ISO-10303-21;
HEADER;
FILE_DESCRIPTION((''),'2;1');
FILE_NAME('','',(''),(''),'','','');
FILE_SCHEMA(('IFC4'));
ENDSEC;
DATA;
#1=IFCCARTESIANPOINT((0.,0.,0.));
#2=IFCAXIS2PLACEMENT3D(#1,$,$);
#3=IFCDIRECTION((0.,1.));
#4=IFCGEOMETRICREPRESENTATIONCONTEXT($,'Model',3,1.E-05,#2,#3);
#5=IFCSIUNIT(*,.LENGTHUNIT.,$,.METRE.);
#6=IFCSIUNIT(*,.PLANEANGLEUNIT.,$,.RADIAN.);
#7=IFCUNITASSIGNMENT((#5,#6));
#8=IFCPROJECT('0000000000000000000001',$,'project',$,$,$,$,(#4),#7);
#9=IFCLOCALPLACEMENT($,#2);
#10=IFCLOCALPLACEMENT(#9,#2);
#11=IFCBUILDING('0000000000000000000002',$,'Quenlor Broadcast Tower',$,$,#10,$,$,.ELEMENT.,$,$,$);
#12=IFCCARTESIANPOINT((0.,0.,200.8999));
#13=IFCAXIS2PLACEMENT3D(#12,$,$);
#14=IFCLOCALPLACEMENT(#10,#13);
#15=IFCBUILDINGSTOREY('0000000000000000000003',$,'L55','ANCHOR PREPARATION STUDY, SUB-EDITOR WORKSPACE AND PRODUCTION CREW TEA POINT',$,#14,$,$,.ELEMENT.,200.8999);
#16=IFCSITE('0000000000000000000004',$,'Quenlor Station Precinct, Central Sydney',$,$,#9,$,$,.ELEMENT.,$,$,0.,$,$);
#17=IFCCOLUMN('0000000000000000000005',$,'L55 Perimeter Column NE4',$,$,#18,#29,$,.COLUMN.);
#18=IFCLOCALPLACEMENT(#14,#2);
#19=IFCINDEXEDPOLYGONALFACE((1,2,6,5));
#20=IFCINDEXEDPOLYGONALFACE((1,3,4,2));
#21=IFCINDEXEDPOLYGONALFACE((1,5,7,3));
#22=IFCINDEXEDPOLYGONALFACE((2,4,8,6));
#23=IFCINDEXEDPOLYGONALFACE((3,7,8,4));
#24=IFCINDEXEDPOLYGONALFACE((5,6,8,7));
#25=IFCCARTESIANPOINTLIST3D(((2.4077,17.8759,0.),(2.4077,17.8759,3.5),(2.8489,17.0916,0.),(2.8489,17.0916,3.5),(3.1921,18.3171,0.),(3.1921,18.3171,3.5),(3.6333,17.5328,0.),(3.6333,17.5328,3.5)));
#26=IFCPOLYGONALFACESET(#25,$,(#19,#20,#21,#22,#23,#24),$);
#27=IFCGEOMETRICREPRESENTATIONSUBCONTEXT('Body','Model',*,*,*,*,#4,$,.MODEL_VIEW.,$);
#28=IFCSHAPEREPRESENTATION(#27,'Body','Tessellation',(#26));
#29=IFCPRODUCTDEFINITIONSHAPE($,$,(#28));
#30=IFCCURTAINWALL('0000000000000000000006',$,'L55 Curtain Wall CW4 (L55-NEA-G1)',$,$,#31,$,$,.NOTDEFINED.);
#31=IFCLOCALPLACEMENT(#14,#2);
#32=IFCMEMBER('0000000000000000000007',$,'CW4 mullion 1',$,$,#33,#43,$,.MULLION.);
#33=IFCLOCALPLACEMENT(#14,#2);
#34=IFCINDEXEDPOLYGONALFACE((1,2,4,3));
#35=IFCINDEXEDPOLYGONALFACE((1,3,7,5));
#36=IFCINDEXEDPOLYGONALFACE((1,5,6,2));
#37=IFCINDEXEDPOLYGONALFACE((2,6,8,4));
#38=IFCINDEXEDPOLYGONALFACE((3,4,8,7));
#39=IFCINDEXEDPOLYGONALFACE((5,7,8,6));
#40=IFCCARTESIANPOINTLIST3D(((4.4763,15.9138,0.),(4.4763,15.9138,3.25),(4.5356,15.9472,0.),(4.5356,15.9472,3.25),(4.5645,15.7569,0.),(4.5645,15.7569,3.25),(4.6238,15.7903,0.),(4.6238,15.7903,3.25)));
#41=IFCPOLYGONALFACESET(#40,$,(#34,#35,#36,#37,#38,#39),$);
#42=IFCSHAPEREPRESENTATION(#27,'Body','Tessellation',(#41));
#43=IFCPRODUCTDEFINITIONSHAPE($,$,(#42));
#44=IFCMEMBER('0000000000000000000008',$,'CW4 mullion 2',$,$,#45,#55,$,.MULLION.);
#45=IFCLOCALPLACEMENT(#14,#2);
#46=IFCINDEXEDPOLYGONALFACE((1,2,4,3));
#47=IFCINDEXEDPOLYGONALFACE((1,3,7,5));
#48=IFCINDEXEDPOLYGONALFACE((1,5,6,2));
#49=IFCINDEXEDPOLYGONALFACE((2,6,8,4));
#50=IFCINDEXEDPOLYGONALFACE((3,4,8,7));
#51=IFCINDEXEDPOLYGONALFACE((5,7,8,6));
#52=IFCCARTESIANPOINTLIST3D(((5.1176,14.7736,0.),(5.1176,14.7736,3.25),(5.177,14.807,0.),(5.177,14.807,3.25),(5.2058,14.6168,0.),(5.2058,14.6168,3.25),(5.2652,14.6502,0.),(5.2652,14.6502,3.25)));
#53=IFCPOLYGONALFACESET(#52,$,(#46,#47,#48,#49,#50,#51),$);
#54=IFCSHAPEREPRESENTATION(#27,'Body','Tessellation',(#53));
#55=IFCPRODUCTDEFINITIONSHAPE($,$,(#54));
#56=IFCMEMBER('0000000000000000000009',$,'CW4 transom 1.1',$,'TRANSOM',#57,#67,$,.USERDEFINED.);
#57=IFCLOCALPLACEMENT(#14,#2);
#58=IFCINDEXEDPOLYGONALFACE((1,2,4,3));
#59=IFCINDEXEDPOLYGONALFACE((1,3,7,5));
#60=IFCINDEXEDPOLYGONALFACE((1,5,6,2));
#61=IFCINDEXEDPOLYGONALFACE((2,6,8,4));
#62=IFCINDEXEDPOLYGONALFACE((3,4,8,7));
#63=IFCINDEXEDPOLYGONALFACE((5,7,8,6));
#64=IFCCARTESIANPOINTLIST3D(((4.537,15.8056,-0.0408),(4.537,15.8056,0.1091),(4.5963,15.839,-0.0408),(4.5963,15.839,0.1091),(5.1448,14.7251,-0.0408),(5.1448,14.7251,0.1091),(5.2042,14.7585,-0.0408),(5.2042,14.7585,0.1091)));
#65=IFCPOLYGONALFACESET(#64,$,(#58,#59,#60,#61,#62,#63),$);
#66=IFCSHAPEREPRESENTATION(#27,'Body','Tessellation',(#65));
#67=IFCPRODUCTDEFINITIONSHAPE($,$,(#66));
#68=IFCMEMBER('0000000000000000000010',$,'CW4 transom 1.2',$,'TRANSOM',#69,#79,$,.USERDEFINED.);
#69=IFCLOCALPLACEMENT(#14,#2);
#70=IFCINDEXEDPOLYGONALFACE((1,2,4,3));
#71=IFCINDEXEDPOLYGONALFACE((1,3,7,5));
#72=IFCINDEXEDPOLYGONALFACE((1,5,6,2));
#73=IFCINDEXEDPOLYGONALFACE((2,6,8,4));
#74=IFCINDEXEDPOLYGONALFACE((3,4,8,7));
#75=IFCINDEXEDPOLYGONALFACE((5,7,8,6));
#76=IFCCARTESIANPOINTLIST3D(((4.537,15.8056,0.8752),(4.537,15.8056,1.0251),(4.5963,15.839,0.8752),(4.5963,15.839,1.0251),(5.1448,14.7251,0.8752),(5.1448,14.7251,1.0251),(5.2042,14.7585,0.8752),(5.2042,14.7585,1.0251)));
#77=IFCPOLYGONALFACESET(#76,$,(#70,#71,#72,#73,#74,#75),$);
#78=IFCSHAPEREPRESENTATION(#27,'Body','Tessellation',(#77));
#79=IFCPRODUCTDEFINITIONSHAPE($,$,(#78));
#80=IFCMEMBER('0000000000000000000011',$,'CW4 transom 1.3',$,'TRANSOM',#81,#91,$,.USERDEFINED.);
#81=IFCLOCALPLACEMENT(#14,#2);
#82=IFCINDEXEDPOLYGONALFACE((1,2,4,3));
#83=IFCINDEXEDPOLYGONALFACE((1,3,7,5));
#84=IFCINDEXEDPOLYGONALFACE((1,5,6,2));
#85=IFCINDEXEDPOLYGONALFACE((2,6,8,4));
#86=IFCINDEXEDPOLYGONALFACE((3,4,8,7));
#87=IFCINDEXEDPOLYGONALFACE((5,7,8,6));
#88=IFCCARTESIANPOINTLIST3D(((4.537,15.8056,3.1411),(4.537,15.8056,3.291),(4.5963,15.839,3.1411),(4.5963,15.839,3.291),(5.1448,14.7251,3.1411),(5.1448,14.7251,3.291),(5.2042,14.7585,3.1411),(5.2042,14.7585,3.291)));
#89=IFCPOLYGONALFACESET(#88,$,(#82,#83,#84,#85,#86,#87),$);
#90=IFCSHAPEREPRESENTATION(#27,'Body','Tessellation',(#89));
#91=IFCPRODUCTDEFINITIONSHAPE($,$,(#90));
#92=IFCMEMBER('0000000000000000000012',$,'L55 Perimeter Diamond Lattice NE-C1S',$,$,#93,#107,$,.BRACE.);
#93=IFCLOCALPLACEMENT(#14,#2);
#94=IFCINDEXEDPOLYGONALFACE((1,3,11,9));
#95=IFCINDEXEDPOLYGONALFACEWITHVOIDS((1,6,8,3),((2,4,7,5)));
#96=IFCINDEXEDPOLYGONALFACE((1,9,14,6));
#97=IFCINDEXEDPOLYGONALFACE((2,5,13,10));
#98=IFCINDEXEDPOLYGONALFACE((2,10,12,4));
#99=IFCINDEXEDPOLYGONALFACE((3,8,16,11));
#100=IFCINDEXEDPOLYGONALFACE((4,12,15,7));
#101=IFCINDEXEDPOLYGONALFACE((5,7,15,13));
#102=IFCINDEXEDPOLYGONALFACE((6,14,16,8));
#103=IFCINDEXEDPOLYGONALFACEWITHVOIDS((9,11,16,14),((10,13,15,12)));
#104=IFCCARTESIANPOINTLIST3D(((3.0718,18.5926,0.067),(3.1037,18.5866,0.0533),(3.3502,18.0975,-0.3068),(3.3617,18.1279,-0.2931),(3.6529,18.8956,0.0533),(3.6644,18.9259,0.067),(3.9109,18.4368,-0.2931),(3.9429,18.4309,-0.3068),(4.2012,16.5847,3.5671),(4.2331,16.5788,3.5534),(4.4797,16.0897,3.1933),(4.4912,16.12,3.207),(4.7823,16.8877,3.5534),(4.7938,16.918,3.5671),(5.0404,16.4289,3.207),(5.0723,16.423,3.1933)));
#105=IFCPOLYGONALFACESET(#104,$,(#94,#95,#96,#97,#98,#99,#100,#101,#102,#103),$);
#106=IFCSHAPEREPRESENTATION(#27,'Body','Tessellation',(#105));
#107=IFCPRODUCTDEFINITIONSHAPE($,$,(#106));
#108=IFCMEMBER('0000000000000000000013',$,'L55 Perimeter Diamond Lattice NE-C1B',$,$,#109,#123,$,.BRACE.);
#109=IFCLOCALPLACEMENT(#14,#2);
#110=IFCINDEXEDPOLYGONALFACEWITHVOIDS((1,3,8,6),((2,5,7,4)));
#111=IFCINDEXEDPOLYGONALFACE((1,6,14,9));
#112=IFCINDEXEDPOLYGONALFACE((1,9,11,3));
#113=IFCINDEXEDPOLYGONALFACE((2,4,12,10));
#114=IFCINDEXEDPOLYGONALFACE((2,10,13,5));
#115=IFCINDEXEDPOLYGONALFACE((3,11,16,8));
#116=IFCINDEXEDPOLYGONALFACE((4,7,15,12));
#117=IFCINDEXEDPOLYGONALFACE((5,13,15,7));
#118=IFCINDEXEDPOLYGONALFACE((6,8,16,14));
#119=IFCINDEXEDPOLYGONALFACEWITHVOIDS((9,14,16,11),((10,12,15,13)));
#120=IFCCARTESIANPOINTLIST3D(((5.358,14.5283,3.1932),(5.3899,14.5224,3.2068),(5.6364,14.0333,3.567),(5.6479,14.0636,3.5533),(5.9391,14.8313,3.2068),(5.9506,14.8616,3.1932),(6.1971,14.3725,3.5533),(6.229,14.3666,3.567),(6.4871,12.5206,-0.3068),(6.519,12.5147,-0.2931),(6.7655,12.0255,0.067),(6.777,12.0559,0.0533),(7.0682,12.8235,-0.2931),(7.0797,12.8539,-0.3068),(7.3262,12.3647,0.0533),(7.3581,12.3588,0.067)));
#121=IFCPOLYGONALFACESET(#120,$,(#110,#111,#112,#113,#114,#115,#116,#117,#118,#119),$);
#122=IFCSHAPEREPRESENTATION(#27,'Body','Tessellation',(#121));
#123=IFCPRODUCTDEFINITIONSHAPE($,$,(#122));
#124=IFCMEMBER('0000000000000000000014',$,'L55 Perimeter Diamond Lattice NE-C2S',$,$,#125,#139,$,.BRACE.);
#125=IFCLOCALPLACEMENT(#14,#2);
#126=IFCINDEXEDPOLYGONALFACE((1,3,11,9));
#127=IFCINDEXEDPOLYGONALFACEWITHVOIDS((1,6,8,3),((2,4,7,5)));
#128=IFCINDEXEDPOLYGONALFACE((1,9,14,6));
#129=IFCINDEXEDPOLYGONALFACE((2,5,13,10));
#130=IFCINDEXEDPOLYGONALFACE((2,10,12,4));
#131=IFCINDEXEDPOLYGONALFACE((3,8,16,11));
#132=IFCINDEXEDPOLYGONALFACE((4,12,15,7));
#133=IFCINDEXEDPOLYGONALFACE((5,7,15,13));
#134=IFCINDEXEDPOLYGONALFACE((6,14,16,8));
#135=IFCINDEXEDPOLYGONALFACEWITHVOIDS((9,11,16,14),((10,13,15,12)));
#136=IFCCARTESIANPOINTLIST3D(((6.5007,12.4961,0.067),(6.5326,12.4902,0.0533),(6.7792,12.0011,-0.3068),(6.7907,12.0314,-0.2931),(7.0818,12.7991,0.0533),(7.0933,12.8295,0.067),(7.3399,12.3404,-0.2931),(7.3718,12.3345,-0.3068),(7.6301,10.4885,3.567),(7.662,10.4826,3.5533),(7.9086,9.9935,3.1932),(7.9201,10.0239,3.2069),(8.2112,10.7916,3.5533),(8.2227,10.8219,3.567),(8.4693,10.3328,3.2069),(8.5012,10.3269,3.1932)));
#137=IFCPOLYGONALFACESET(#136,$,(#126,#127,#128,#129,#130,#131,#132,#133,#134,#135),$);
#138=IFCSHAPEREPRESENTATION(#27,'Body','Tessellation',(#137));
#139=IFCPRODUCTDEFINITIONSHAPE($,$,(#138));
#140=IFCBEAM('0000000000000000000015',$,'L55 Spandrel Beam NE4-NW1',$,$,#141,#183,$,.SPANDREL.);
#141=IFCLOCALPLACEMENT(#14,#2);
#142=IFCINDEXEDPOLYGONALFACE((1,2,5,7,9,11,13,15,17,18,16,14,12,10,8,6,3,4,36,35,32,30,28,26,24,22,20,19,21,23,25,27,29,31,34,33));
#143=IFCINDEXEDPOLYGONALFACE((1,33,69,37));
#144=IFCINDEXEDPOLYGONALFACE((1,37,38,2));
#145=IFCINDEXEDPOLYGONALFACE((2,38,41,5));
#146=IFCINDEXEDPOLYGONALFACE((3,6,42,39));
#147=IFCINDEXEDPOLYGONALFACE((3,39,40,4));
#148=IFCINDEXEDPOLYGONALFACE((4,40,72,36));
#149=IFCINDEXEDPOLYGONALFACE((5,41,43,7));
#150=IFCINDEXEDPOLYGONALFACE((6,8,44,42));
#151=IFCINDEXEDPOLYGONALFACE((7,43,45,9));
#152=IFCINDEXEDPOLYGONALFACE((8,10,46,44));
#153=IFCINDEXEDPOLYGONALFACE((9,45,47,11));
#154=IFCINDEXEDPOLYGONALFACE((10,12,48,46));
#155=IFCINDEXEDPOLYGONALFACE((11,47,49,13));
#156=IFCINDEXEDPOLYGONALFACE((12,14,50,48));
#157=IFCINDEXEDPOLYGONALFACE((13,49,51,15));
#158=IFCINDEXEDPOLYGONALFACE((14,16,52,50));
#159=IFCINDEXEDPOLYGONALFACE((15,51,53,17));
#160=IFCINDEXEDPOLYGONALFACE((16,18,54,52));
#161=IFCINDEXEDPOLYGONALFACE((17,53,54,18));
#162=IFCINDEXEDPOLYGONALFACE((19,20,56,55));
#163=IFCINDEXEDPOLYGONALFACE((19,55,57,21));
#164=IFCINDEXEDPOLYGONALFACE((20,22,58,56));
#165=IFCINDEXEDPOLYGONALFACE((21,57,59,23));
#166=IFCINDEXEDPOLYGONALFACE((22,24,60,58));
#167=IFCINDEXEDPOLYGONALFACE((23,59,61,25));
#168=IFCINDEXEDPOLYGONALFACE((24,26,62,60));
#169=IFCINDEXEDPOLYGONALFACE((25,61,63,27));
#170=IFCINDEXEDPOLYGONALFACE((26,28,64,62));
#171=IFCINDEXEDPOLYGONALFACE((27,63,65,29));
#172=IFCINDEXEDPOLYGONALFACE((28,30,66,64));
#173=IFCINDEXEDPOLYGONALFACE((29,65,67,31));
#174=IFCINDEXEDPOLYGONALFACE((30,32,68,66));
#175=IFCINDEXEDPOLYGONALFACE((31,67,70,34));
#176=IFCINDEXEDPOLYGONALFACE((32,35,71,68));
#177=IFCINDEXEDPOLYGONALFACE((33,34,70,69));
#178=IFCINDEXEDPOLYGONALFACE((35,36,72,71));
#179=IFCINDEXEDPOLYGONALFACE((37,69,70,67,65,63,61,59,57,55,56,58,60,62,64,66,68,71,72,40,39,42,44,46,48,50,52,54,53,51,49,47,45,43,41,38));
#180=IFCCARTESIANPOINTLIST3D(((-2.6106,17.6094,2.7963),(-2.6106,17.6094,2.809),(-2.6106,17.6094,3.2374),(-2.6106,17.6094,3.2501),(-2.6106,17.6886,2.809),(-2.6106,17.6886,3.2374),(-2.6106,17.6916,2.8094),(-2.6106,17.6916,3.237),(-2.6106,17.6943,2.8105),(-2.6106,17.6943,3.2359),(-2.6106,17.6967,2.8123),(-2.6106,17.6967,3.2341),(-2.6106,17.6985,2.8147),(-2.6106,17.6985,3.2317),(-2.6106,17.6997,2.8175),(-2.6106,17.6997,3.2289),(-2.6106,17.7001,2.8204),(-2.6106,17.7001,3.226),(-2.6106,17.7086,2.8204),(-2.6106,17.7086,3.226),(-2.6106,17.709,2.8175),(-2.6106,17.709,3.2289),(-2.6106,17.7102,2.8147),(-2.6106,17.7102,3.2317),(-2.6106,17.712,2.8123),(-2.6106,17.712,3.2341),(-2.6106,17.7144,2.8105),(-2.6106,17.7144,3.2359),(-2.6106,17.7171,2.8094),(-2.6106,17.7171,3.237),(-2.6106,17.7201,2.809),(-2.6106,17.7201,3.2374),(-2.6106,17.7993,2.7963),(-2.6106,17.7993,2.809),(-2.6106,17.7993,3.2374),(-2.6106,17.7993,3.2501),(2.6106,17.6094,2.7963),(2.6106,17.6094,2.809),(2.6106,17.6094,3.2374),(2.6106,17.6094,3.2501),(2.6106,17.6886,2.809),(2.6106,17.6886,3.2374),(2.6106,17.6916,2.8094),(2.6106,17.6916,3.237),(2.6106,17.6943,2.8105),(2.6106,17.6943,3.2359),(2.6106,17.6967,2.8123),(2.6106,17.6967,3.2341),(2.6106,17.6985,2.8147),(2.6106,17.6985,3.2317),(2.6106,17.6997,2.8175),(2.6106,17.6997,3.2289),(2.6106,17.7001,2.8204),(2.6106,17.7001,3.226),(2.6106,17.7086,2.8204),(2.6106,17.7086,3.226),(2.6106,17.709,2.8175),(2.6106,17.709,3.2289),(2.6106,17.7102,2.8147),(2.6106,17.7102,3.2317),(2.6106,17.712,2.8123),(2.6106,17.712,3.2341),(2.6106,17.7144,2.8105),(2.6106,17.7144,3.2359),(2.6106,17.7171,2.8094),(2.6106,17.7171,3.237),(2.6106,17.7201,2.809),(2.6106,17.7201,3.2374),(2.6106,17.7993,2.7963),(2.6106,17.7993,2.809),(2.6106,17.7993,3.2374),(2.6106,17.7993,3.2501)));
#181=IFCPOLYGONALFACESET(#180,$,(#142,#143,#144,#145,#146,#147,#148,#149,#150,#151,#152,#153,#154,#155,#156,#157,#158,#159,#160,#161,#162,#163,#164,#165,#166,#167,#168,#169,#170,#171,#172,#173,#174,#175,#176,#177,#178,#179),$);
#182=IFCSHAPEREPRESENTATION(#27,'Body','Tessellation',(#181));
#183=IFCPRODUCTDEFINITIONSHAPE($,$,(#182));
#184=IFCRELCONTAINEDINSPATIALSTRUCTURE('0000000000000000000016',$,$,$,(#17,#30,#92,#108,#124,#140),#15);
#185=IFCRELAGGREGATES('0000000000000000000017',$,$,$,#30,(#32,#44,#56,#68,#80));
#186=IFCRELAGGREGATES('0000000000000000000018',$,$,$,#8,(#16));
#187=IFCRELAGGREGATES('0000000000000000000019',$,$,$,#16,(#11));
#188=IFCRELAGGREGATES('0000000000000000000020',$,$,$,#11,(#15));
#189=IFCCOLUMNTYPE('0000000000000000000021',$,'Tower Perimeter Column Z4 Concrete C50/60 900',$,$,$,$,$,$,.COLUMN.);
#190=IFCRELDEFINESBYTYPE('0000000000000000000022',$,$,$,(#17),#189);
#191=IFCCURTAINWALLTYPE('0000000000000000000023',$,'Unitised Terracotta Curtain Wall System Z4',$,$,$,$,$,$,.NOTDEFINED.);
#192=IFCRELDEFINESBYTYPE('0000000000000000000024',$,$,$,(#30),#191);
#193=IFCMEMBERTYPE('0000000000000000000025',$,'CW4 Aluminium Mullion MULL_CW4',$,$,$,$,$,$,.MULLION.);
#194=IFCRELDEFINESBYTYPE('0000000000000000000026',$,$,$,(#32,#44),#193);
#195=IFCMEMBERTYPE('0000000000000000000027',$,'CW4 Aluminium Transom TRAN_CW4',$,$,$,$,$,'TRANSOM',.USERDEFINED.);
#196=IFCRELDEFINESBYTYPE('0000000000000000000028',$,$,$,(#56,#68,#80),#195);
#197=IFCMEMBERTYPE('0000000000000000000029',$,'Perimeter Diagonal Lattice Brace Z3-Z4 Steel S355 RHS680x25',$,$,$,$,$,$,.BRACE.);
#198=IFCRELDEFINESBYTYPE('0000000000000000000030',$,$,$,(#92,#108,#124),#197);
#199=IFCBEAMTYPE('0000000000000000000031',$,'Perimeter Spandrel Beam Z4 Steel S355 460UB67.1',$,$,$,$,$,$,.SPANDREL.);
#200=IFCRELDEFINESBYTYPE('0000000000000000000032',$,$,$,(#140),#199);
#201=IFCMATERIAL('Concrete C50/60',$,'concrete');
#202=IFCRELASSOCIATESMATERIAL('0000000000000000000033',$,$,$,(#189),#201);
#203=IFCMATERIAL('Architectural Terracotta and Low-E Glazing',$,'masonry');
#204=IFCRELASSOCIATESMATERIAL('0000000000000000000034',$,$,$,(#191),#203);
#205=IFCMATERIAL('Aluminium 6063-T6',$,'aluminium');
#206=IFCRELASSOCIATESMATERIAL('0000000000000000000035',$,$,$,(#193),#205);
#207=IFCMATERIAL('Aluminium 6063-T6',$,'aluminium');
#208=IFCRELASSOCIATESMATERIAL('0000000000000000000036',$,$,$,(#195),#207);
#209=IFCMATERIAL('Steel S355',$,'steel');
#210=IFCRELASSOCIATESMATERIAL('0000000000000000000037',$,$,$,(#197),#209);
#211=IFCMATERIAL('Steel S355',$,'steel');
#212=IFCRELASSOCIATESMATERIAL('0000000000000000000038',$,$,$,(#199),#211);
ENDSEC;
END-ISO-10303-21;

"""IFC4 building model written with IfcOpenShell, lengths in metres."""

from ifc_helpers import new_model, si_unit, direction, frame, origin, origin_2d, place, context, subcontext, project, spatial, rectangle, hollow_rectangle, i_section, extrude, material, material_profile, profile_set, type_object, element, aggregate, save


model = new_model("IFC4")

# Units and contexts
model_context = context("Model", 3, precision=1e-05, world=origin(), true_north=direction((0.0, 1.0)))
body_context = subcontext(model_context, "Body", "Model", "MODEL_VIEW")
ifc_project = project(units=[si_unit("LENGTHUNIT", "METRE"), si_unit("PLANEANGLEUNIT", "RADIAN")], contexts=[model_context])

# Site, building, storey
site_placement = place(None, origin())
site = spatial("IfcSite", under=ifc_project, at=site_placement, Name="Quenlor Station Precinct, Central Sydney", CompositionType="ELEMENT", RefElevation=0.0)
building_placement = place(site_placement, origin())
building = spatial("IfcBuilding", under=site, at=building_placement, Name="Quenlor Broadcast Tower", CompositionType="ELEMENT")
storey_placement = place(building_placement, frame((0.0, 0.0, 200.8999)))
storey = spatial("IfcBuildingStorey", under=building, at=storey_placement, Name="L55", Description="ANCHOR PREPARATION STUDY, SUB-EDITOR WORKSPACE AND PRODUCTION CREW TEA POINT", CompositionType="ELEMENT", Elevation=200.8999)

# Column
ifc_material_1 = material(Name="Concrete C50/60", Category="concrete")
ifc_material_profile_1 = material_profile(ifc_material_1, rectangle(XDim=0.8999, YDim=0.8999, at=origin_2d()))
ifc_profile_set_1 = profile_set([ifc_material_profile_1], Name="Concrete C50/60 RC900x900")
column_type = type_object("IfcColumnType", Name="Tower Perimeter Column Z4 Concrete C50/60 900", PredefinedType="COLUMN", material=ifc_profile_set_1)
column_placement = place(storey_placement, frame((3.0205, 17.7043, 0.0), z_axis=(0.0, 0.0, 1.0), x_axis=(0.871575, 0.490262, 0.0)))
element("IfcColumn", 1, at=column_placement, inside=storey, type_object=column_type, Name="L55 Perimeter Column NE4", PredefinedType="COLUMN", context=body_context, shape_type="SweptSolid", body=[
    extrude(rectangle(XDim=0.8999, YDim=0.8999, at=origin_2d()), origin(), (0.0, 0.0, 1.0), 3.5),
])

# Curtain wall, members
ifc_material_2 = material(Name="Architectural Terracotta and Low-E Glazing", Category="masonry")
curtain_wall_type = type_object("IfcCurtainWallType", Name="Unitised Terracotta Curtain Wall System Z4", PredefinedType="NOTDEFINED", material=ifc_material_2)
curtain_wall_placement = place(storey_placement, origin())
curtain_wall = element("IfcCurtainWall", 2, at=curtain_wall_placement, inside=storey, type_object=curtain_wall_type, Name="L55 Curtain Wall CW4 (L55-NEA-G1)", PredefinedType="NOTDEFINED")
ifc_material_3 = material(Name="Aluminium 6063-T6", Category="aluminium")
ifc_material_profile_2 = material_profile(ifc_material_3, rectangle(XDim=0.0681, YDim=0.1799, at=origin_2d()))
ifc_profile_set_2 = profile_set([ifc_material_profile_2], Name="Aluminium 6063-T6 MULL68x180")
member_type_1 = type_object("IfcMemberType", Name="CW4 Aluminium Mullion MULL_CW4", PredefinedType="MULLION", material=ifc_profile_set_2)
member_1_placement = place(storey_placement, frame((4.55, 15.8521, 0.0), z_axis=(0.0, 0.0, 1.0), x_axis=(0.87156, 0.490289, 0.0)))
member_1 = element("IfcMember", 3, at=member_1_placement, type_object=member_type_1, Name="CW4 mullion 1", PredefinedType="MULLION", context=body_context, shape_type="SweptSolid", body=[
    extrude(rectangle(XDim=0.0681, YDim=0.1799, at=origin_2d()), origin(), (0.0, 0.0, 1.0), 3.25),
])
member_2_placement = place(storey_placement, frame((5.1914, 14.7119, 0.0), z_axis=(0.0, 0.0, 1.0), x_axis=(0.87156, 0.490289, 0.0)))
member_2 = element("IfcMember", 4, at=member_2_placement, type_object=member_type_1, Name="CW4 mullion 2", PredefinedType="MULLION", context=body_context, shape_type="SweptSolid", body=[
    extrude(rectangle(XDim=0.0681, YDim=0.1799, at=origin_2d()), origin(), (0.0, 0.0, 1.0), 3.25),
])
ifc_material_4 = material(Name="Aluminium 6063-T6", Category="aluminium")
ifc_material_profile_3 = material_profile(ifc_material_4, rectangle(XDim=0.0681, YDim=0.1499, at=origin_2d()))
ifc_profile_set_3 = profile_set([ifc_material_profile_3], Name="Aluminium 6063-T6 TRAN68x150")
member_type_2 = type_object("IfcMemberType", Name="CW4 Aluminium Transom TRAN_CW4", ElementType="TRANSOM", PredefinedType="USERDEFINED", material=ifc_profile_set_3)
member_3_placement = place(storey_placement, frame((4.5667, 15.8223, 0.0342), z_axis=(0.490317, -0.871544, 0.0), x_axis=(0.871544, 0.490317, 0.0)))
member_3 = element("IfcMember", 5, at=member_3_placement, type_object=member_type_2, Name="CW4 transom 1.1", ObjectType="TRANSOM", PredefinedType="USERDEFINED", context=body_context, shape_type="SweptSolid", body=[
    extrude(rectangle(XDim=0.0681, YDim=0.1499, at=origin_2d()), origin(), (0.0, 0.0, 1.0), 1.2397),
])
member_4_placement = place(storey_placement, frame((4.5667, 15.8223, 0.9502), z_axis=(0.490317, -0.871544, 0.0), x_axis=(0.871544, 0.490317, 0.0)))
member_4 = element("IfcMember", 6, at=member_4_placement, type_object=member_type_2, Name="CW4 transom 1.2", ObjectType="TRANSOM", PredefinedType="USERDEFINED", context=body_context, shape_type="SweptSolid", body=[
    extrude(rectangle(XDim=0.0681, YDim=0.1499, at=origin_2d()), origin(), (0.0, 0.0, 1.0), 1.2397),
])
member_5_placement = place(storey_placement, frame((4.5667, 15.8223, 3.2161), z_axis=(0.490317, -0.871544, 0.0), x_axis=(0.871544, 0.490317, 0.0)))
member_5 = element("IfcMember", 7, at=member_5_placement, type_object=member_type_2, Name="CW4 transom 1.3", ObjectType="TRANSOM", PredefinedType="USERDEFINED", context=body_context, shape_type="SweptSolid", body=[
    extrude(rectangle(XDim=0.0681, YDim=0.1499, at=origin_2d()), origin(), (0.0, 0.0, 1.0), 1.2397),
])

# Members
ifc_material_5 = material(Name="Steel S355", Category="steel")
ifc_material_profile_4 = material_profile(ifc_material_5, hollow_rectangle(XDim=0.6799, YDim=0.6799, WallThickness=0.0249, at=origin_2d()))
ifc_profile_set_4 = profile_set([ifc_material_profile_4], Name="Steel S355 RHS680x680x25")
member_type_3 = type_object("IfcMemberType", Name="Perimeter Diagonal Lattice Brace Z3-Z4 Steel S355 RHS680x25", PredefinedType="BRACE", material=ifc_profile_set_4)
member_6_placement = place(storey_placement, frame((3.5073, 18.5117, -0.1199), z_axis=(0.26954, -0.479181, 0.835305), x_axis=(0.871576, 0.490261, 0.0)))
element("IfcMember", 8, at=member_6_placement, inside=storey, type_object=member_type_3, Name="L55 Perimeter Diamond Lattice NE-C1S", PredefinedType="BRACE", context=body_context, shape_type="SweptSolid", body=[
    extrude(hollow_rectangle(XDim=0.6799, YDim=0.6799, WallThickness=0.0249, at=origin_2d()), origin(), (0.0, 0.0, 1.0), 4.1902),
])
for number, where, z_axis, x_axis, name in (
    (9, (6.9226, 12.4397, -0.1199), (-0.269485, 0.479189, 0.835318), (-0.871621, -0.490181, 0.0), "L55 Perimeter Diamond Lattice NE-C1B"),
    (10, (6.9363, 12.4153, -0.1199), (0.269547, -0.479136, 0.835328), (0.87155, 0.490307, 0.0), "L55 Perimeter Diamond Lattice NE-C2S"),
):
    element("IfcMember", number, at=place(storey_placement, frame(where, z_axis=z_axis, x_axis=x_axis)), inside=storey, type_object=member_type_3, Name=name, PredefinedType="BRACE", context=body_context, shape_type="SweptSolid", body=[
        extrude(hollow_rectangle(XDim=0.6799, YDim=0.6799, WallThickness=0.0249, at=origin_2d()), origin(), (0.0, 0.0, 1.0), 4.1899),
    ])

# Beam
ifc_material_6 = material(Name="Steel S355", Category="steel")
ifc_material_profile_5 = material_profile(ifc_material_6, i_section(OverallWidth=0.1899, OverallDepth=0.4539, WebThickness=0.0085, FlangeThickness=0.0127, FilletRadius=0.0115, at=origin_2d()))
ifc_profile_set_5 = profile_set([ifc_material_profile_5], Name="Steel S355 460UB67.1")
beam_type_1 = type_object("IfcBeamType", Name="Perimeter Spandrel Beam Z4 Steel S355 460UB67.1", PredefinedType="SPANDREL", material=ifc_profile_set_5)
beam_1_placement = place(storey_placement, frame((2.6106, 17.7043, 3.0232), z_axis=(-1.0, 0.0, 0.0), x_axis=(0.0, -1.0, 0.0)))
element("IfcBeam", 11, at=beam_1_placement, inside=storey, type_object=beam_type_1, Name="L55 Spandrel Beam NE4-NW1", PredefinedType="SPANDREL", context=body_context, shape_type="SweptSolid", body=[
    extrude(i_section(OverallWidth=0.1899, OverallDepth=0.4539, WebThickness=0.0085, FlangeThickness=0.0127, FilletRadius=0.0115, at=origin_2d()), origin(), (0.0, 0.0, 1.0), 5.2212),
])

aggregate(curtain_wall, [member_1, member_2, member_3, member_4, member_5])

save(model, "model.ifc")
